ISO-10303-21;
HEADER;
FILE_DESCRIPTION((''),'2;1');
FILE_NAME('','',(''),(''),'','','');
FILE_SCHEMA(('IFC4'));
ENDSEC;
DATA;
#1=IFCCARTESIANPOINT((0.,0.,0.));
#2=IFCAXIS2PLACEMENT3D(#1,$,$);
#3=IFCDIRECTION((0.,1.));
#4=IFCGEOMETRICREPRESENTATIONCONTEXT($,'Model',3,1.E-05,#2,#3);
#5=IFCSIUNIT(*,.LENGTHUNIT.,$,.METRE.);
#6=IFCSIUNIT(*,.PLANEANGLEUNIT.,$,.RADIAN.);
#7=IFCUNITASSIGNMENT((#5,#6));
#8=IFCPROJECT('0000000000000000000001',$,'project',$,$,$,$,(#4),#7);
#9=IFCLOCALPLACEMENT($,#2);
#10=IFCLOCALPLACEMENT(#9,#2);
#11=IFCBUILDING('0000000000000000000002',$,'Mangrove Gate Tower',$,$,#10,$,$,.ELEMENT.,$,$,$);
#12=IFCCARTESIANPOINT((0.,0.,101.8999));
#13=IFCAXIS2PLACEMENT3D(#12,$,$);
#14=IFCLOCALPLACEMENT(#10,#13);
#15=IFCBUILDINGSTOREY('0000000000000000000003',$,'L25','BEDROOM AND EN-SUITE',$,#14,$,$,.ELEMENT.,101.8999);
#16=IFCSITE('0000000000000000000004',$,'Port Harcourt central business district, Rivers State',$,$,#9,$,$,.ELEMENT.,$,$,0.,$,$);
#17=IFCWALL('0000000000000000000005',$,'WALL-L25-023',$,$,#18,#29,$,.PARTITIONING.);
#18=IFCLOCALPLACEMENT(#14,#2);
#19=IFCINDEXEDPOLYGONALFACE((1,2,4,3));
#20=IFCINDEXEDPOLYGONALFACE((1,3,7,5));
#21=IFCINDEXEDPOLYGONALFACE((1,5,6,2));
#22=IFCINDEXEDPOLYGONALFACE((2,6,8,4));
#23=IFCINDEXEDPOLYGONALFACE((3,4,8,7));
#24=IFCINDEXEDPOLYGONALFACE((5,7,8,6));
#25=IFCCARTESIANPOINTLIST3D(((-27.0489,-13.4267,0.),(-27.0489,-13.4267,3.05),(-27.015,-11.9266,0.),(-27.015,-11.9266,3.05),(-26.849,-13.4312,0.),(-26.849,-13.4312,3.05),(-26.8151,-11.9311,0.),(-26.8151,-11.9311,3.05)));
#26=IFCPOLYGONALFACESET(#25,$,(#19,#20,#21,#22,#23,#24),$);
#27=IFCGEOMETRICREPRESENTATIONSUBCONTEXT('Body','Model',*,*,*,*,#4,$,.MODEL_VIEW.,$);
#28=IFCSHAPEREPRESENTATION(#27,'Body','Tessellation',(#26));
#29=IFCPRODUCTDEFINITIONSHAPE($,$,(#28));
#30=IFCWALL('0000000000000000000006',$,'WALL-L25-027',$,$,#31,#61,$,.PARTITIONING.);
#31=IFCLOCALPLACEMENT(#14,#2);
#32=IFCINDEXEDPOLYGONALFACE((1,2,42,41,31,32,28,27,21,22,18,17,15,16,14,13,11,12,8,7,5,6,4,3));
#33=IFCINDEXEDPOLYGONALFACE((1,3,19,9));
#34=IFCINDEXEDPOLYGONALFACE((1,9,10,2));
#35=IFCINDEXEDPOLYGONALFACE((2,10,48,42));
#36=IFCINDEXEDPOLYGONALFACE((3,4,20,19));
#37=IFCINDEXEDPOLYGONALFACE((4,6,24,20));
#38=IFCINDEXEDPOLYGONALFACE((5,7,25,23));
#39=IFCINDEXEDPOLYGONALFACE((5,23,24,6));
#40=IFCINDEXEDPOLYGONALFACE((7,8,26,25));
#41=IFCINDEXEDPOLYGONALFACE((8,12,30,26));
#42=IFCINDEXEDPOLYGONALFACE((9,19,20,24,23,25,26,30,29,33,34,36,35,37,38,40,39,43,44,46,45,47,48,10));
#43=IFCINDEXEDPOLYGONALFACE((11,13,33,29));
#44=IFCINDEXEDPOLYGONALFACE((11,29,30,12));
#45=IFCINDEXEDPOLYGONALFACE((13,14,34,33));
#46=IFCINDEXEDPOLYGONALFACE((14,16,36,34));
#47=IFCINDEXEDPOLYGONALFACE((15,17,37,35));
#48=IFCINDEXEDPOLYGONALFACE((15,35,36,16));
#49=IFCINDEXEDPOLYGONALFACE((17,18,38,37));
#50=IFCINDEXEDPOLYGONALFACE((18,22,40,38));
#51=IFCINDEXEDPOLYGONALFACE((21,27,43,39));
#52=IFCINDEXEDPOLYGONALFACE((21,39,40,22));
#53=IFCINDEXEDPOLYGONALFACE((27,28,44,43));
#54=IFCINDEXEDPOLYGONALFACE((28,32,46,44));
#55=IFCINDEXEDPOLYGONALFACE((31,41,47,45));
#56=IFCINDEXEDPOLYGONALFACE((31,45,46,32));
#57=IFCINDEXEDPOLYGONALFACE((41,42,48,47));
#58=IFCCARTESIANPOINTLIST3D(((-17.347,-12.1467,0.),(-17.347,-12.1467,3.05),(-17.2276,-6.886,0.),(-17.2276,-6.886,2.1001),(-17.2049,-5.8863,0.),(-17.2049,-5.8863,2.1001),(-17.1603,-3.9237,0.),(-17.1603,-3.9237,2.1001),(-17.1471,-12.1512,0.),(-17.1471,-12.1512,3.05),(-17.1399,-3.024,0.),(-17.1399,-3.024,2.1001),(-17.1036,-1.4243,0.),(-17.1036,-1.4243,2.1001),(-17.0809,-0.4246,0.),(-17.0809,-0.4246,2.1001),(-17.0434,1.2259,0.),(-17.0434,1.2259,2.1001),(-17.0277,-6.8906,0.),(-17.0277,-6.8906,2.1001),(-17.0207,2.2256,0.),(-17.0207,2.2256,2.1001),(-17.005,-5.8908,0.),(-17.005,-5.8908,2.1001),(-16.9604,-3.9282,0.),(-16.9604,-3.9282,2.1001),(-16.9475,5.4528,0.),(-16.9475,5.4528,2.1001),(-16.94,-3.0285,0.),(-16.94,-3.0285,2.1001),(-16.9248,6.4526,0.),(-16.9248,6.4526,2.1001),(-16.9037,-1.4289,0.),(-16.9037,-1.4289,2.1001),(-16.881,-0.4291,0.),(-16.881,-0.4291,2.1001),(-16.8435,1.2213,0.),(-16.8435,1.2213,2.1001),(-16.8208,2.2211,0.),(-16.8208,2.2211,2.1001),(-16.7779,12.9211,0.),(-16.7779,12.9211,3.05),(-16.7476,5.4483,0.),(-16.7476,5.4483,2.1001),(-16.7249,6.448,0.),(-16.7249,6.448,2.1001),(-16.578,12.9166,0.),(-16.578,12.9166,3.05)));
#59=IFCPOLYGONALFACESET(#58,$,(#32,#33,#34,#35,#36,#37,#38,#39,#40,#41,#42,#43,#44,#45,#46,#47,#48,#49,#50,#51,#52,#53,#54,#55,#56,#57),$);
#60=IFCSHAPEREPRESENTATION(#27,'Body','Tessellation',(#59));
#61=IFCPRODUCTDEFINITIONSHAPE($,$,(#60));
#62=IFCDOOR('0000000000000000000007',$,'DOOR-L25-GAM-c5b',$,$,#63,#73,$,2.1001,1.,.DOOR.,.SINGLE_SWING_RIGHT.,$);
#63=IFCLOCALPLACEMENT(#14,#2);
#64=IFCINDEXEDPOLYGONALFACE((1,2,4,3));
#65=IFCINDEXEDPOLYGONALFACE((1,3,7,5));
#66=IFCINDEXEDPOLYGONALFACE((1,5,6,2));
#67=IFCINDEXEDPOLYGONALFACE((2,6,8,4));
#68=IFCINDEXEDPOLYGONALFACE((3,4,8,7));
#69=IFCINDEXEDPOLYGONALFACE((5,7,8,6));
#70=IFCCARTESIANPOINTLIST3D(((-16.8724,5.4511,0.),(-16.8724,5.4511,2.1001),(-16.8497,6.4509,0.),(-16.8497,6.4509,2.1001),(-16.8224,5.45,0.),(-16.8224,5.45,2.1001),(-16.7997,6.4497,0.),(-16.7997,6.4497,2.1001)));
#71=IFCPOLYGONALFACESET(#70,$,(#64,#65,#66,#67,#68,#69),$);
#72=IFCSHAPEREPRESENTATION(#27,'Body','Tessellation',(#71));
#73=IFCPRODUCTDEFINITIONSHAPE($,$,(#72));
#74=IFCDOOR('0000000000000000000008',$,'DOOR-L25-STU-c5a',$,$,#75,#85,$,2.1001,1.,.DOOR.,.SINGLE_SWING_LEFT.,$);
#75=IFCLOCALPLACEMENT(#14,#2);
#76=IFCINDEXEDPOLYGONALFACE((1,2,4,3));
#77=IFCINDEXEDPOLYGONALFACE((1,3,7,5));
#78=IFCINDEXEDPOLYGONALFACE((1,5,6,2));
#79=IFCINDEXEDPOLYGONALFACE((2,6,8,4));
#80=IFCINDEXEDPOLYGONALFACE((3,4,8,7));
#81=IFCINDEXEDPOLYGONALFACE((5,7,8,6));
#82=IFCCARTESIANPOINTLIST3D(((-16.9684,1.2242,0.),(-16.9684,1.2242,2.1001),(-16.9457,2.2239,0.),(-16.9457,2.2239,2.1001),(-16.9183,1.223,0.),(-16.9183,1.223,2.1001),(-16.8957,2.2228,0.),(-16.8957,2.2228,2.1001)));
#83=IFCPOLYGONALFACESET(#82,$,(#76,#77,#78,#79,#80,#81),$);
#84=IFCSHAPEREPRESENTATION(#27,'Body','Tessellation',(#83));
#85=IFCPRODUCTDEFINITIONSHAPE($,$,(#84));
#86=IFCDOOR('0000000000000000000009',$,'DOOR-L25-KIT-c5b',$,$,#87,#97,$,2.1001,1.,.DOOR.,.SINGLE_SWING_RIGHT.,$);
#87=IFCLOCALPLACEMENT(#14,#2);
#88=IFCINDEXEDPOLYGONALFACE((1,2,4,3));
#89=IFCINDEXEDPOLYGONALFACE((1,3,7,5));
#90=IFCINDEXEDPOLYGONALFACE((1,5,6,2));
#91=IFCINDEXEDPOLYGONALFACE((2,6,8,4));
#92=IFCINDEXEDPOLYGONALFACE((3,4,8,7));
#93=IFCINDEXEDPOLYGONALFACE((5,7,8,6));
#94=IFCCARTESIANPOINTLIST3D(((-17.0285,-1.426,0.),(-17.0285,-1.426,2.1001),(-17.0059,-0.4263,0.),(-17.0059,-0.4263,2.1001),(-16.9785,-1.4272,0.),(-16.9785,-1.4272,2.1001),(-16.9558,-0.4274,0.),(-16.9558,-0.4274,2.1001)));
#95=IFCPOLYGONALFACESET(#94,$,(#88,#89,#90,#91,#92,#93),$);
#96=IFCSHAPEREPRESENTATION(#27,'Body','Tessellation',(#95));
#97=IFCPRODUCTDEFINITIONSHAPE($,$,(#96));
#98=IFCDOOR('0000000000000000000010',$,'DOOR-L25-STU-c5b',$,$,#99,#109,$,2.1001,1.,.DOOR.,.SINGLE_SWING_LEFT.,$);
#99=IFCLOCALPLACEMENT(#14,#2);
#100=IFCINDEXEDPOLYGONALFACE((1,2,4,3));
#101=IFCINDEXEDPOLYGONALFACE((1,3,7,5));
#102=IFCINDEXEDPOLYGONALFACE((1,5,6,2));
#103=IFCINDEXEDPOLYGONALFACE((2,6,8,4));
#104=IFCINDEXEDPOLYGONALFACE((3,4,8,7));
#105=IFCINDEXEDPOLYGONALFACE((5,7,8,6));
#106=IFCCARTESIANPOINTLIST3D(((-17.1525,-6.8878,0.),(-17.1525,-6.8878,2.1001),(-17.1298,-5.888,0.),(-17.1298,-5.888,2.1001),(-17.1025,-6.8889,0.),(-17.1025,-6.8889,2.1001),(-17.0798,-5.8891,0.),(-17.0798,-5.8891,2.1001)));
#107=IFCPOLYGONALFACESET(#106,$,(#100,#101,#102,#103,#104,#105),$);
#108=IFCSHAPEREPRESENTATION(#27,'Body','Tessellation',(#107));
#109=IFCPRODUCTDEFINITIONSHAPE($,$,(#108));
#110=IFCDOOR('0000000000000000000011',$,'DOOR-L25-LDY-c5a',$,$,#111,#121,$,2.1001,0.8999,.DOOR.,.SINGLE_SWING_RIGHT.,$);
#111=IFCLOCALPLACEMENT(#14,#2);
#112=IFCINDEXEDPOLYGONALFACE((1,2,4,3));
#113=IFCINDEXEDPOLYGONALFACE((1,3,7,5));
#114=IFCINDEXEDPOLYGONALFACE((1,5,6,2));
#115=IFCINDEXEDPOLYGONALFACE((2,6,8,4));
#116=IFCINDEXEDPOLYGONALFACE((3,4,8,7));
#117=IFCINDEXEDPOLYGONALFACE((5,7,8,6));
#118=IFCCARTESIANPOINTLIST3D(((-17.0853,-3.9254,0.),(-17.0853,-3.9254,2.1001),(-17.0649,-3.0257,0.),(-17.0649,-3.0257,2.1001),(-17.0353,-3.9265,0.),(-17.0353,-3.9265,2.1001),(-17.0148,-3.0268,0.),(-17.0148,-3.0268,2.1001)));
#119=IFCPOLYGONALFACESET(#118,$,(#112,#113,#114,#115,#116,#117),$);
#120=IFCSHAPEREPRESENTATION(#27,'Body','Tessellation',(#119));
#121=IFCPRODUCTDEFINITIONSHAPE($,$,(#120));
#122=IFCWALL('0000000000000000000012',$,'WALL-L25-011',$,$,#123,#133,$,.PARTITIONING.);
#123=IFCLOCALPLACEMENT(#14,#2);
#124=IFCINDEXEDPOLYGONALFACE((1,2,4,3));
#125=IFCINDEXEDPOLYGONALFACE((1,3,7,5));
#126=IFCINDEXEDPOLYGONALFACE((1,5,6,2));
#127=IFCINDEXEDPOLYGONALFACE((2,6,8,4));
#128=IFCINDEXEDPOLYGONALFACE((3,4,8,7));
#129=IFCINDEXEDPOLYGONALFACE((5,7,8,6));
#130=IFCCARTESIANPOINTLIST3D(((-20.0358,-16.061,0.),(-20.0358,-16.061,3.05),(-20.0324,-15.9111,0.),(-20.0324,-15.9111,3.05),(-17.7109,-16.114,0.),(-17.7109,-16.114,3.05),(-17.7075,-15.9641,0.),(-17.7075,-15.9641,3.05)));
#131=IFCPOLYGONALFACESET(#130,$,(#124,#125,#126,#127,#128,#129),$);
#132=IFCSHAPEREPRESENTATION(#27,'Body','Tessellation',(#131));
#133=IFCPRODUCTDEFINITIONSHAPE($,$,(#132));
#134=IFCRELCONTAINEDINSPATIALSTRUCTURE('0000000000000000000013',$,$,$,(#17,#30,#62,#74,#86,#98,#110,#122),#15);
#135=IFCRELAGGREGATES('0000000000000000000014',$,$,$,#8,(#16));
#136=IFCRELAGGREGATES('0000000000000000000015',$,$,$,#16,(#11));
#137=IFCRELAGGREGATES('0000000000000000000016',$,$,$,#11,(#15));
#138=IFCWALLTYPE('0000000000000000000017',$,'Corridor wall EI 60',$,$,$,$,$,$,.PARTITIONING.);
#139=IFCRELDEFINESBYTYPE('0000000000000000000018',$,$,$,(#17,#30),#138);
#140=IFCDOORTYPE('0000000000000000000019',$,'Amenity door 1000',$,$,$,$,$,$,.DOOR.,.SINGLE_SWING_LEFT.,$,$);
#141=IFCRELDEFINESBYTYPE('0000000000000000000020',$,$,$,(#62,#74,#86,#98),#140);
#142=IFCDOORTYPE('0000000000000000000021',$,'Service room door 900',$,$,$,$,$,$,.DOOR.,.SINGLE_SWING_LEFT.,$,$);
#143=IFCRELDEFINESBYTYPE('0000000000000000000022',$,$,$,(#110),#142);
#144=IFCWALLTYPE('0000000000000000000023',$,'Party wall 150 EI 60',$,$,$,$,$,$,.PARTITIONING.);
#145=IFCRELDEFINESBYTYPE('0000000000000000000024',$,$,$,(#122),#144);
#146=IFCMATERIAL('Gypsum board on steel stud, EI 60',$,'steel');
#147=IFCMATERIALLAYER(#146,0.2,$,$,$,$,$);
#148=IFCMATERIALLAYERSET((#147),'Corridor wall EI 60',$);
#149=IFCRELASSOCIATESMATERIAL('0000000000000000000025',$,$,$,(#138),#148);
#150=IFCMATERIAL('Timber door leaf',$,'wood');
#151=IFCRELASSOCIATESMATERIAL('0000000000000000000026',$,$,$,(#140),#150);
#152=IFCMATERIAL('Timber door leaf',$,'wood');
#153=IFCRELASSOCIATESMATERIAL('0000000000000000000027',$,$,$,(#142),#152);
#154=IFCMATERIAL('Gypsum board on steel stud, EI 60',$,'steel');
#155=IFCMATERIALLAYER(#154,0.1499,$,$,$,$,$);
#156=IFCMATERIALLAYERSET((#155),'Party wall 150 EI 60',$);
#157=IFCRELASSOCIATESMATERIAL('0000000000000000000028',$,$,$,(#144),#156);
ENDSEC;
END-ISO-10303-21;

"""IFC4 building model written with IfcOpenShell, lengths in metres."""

from ifc_helpers import new_model, si_unit, direction, frame, frame_2d, origin, place, context, subcontext, project, spatial, rectangle, extrude, material, layer, layer_set, type_object, element, fill, save


model = new_model("IFC4")

# Units and contexts
model_context = context("Model", 3, precision=1e-05, world=origin(), true_north=direction((0.0, 1.0)))
body_context = subcontext(model_context, "Body", "Model", "MODEL_VIEW")
ifc_project = project(units=[si_unit("LENGTHUNIT", "METRE"), si_unit("PLANEANGLEUNIT", "RADIAN")], contexts=[model_context])

# Site, building, storey
site_placement = place(None, origin())
site = spatial("IfcSite", under=ifc_project, at=site_placement, Name="Port Harcourt central business district, Rivers State", CompositionType="ELEMENT", RefElevation=0.0)
building_placement = place(site_placement, origin())
building = spatial("IfcBuilding", under=site, at=building_placement, Name="Mangrove Gate Tower", CompositionType="ELEMENT")
storey_placement = place(building_placement, frame((0.0, 0.0, 101.8999)))
storey = spatial("IfcBuildingStorey", under=building, at=storey_placement, Name="L25", Description="BEDROOM AND EN-SUITE", CompositionType="ELEMENT", Elevation=101.8999)

# Shared definitions
ifc_material_1 = material(Name="Gypsum board on steel stud, EI 60", Category="steel")
ifc_layer_1 = layer(ifc_material_1, 0.2)
ifc_layer_set_1 = layer_set([ifc_layer_1], Name="Corridor wall EI 60")
wall_type_1 = type_object("IfcWallType", Name="Corridor wall EI 60", PredefinedType="PARTITIONING", material=ifc_layer_set_1)
ifc_material_2 = material(Name="Timber door leaf", Category="wood")
door_type_1 = type_object("IfcDoorType", Name="Amenity door 1000", OperationType="SINGLE_SWING_LEFT", PredefinedType="DOOR", material=ifc_material_2)
ifc_material_3 = material(Name="Timber door leaf", Category="wood")
door_type_2 = type_object("IfcDoorType", Name="Service room door 900", OperationType="SINGLE_SWING_LEFT", PredefinedType="DOOR", material=ifc_material_3)

# Wall
wall_1_placement = place(storey_placement, frame((-26.949, -13.429, 0.0), z_axis=(0.0, 0.0, 1.0), x_axis=(0.022618, 0.999744, 0.0)))
element("IfcWall", 1, at=wall_1_placement, inside=storey, type_object=wall_type_1, Name="WALL-L25-023", PredefinedType="PARTITIONING", context=body_context, shape_type="SweptSolid", body=[
    extrude(rectangle(XDim=1.5005, YDim=0.2, at=frame_2d((0.7502, 0.0))), origin(), (0.0, 0.0, 1.0), 3.05),
])

# Wall, openings, doors
wall_2_placement = place(storey_placement, frame((-17.2471, -12.1489, 0.0), z_axis=(0.0, 0.0, 1.0), x_axis=(0.022696, 0.999742, 0.0)))
wall_2 = element("IfcWall", 2, at=wall_2_placement, inside=storey, type_object=wall_type_1, Name="WALL-L25-027", PredefinedType="PARTITIONING", context=body_context, shape_type="SweptSolid", body=[
    extrude(rectangle(XDim=25.0742, YDim=0.2, at=frame_2d((12.5371, 0.0))), origin(), (0.0, 0.0, 1.0), 3.05),
])
opening_1_placement = place(wall_2_placement, frame((17.604, 0.0, 0.0)))
opening_1 = element("IfcOpeningElement", 3, at=opening_1_placement, cuts=wall_2, PredefinedType="OPENING", context=body_context, shape_type="SweptSolid", body=[
    extrude(rectangle(XDim=1.0, YDim=2.1001, at=frame_2d((0.5, 1.05))), frame((0.0, 0.1099, 0.0), z_axis=(0.0, -1.0, 0.0), x_axis=(1.0, 0.0, 0.0)), (0.0, 0.0, 1.0), 0.22),
])
opening_2_placement = place(wall_2_placement, frame((13.376, 0.0, 0.0)))
opening_2 = element("IfcOpeningElement", 4, at=opening_2_placement, cuts=wall_2, PredefinedType="OPENING", context=body_context, shape_type="SweptSolid", body=[
    extrude(rectangle(XDim=1.0, YDim=2.1001, at=frame_2d((0.5, 1.05))), frame((0.0, 0.1099, 0.0), z_axis=(0.0, -1.0, 0.0), x_axis=(1.0, 0.0, 0.0)), (0.0, 0.0, 1.0), 0.22),
])
opening_3_placement = place(wall_2_placement, frame((10.7251, 0.0, 0.0)))
opening_3 = element("IfcOpeningElement", 5, at=opening_3_placement, cuts=wall_2, PredefinedType="OPENING", context=body_context, shape_type="SweptSolid", body=[
    extrude(rectangle(XDim=1.0, YDim=2.1001, at=frame_2d((0.5, 1.05))), frame((0.0, 0.1099, 0.0), z_axis=(0.0, -1.0, 0.0), x_axis=(1.0, 0.0, 0.0)), (0.0, 0.0, 1.0), 0.22),
])
opening_4_placement = place(wall_2_placement, frame((8.2251, 0.0, 0.0)))
opening_4 = element("IfcOpeningElement", 6, at=opening_4_placement, cuts=wall_2, PredefinedType="OPENING", context=body_context, shape_type="SweptSolid", body=[
    extrude(rectangle(XDim=0.8999, YDim=2.1001, at=frame_2d((0.45, 1.05))), frame((0.0, 0.1099, 0.0), z_axis=(0.0, -1.0, 0.0), x_axis=(1.0, 0.0, 0.0)), (0.0, 0.0, 1.0), 0.22),
])
opening_5_placement = place(wall_2_placement, frame((5.262, 0.0, 0.0)))
opening_5 = element("IfcOpeningElement", 7, at=opening_5_placement, cuts=wall_2, PredefinedType="OPENING", context=body_context, shape_type="SweptSolid", body=[
    extrude(rectangle(XDim=1.0, YDim=2.1001, at=frame_2d((0.5, 1.05))), frame((0.0, 0.1099, 0.0), z_axis=(0.0, -1.0, 0.0), x_axis=(1.0, 0.0, 0.0)), (0.0, 0.0, 1.0), 0.22),
])
door_1_placement = place(opening_1_placement, origin())
door_1 = element("IfcDoor", 8, at=door_1_placement, inside=storey, type_object=door_type_1, Name="DOOR-L25-GAM-c5b", OperationType="SINGLE_SWING_RIGHT", OverallHeight=2.1001, OverallWidth=1.0, PredefinedType="DOOR", context=body_context, shape_type="SweptSolid", body=[
    extrude(rectangle(XDim=1.0, YDim=2.1001, at=frame_2d((0.5, 1.05))), frame((0.0, 0.0249, 0.0), z_axis=(0.0, -1.0, 0.0), x_axis=(1.0, 0.0, 0.0)), (0.0, 0.0, 1.0), 0.05),
])
fill(opening_1, door_1)
door_2_placement = place(opening_2_placement, origin())
door_2 = element("IfcDoor", 9, at=door_2_placement, inside=storey, type_object=door_type_1, Name="DOOR-L25-STU-c5a", OperationType="SINGLE_SWING_LEFT", OverallHeight=2.1001, OverallWidth=1.0, PredefinedType="DOOR", context=body_context, shape_type="SweptSolid", body=[
    extrude(rectangle(XDim=1.0, YDim=2.1001, at=frame_2d((0.5, 1.05))), frame((0.0, 0.0249, 0.0), z_axis=(0.0, -1.0, 0.0), x_axis=(1.0, 0.0, 0.0)), (0.0, 0.0, 1.0), 0.05),
])
fill(opening_2, door_2)
door_3_placement = place(opening_3_placement, origin())
door_3 = element("IfcDoor", 10, at=door_3_placement, inside=storey, type_object=door_type_1, Name="DOOR-L25-KIT-c5b", OperationType="SINGLE_SWING_RIGHT", OverallHeight=2.1001, OverallWidth=1.0, PredefinedType="DOOR", context=body_context, shape_type="SweptSolid", body=[
    extrude(rectangle(XDim=1.0, YDim=2.1001, at=frame_2d((0.5, 1.05))), frame((0.0, 0.0249, 0.0), z_axis=(0.0, -1.0, 0.0), x_axis=(1.0, 0.0, 0.0)), (0.0, 0.0, 1.0), 0.05),
])
fill(opening_3, door_3)
door_4_placement = place(opening_5_placement, origin())
door_4 = element("IfcDoor", 11, at=door_4_placement, inside=storey, type_object=door_type_1, Name="DOOR-L25-STU-c5b", OperationType="SINGLE_SWING_LEFT", OverallHeight=2.1001, OverallWidth=1.0, PredefinedType="DOOR", context=body_context, shape_type="SweptSolid", body=[
    extrude(rectangle(XDim=1.0, YDim=2.1001, at=frame_2d((0.5, 1.05))), frame((0.0, 0.0249, 0.0), z_axis=(0.0, -1.0, 0.0), x_axis=(1.0, 0.0, 0.0)), (0.0, 0.0, 1.0), 0.05),
])
fill(opening_5, door_4)
door_5_placement = place(opening_4_placement, origin())
door_5 = element("IfcDoor", 12, at=door_5_placement, inside=storey, type_object=door_type_2, Name="DOOR-L25-LDY-c5a", OperationType="SINGLE_SWING_RIGHT", OverallHeight=2.1001, OverallWidth=0.8999, PredefinedType="DOOR", context=body_context, shape_type="SweptSolid", body=[
    extrude(rectangle(XDim=0.8999, YDim=2.1001, at=frame_2d((0.45, 1.05))), frame((0.0, 0.0249, 0.0), z_axis=(0.0, -1.0, 0.0), x_axis=(1.0, 0.0, 0.0)), (0.0, 0.0, 1.0), 0.05),
])
fill(opening_4, door_5)

# Wall
ifc_material_4 = material(Name="Gypsum board on steel stud, EI 60", Category="steel")
ifc_layer_2 = layer(ifc_material_4, 0.1499)
ifc_layer_set_2 = layer_set([ifc_layer_2], Name="Party wall 150 EI 60")
wall_type_2 = type_object("IfcWallType", Name="Party wall 150 EI 60", PredefinedType="PARTITIONING", material=ifc_layer_set_2)
wall_3_placement = place(storey_placement, frame((-20.0339, -15.9861, 0.0), z_axis=(0.0, 0.0, 1.0), x_axis=(0.99974, -0.022781, 0.0)))
element("IfcWall", 13, at=wall_3_placement, inside=storey, type_object=wall_type_2, Name="WALL-L25-011", PredefinedType="PARTITIONING", context=body_context, shape_type="SweptSolid", body=[
    extrude(rectangle(XDim=2.3254, YDim=0.1499, at=frame_2d((1.1626, 0.0))), origin(), (0.0, 0.0, 1.0), 3.05),
])

save(model, "model.ifc")
